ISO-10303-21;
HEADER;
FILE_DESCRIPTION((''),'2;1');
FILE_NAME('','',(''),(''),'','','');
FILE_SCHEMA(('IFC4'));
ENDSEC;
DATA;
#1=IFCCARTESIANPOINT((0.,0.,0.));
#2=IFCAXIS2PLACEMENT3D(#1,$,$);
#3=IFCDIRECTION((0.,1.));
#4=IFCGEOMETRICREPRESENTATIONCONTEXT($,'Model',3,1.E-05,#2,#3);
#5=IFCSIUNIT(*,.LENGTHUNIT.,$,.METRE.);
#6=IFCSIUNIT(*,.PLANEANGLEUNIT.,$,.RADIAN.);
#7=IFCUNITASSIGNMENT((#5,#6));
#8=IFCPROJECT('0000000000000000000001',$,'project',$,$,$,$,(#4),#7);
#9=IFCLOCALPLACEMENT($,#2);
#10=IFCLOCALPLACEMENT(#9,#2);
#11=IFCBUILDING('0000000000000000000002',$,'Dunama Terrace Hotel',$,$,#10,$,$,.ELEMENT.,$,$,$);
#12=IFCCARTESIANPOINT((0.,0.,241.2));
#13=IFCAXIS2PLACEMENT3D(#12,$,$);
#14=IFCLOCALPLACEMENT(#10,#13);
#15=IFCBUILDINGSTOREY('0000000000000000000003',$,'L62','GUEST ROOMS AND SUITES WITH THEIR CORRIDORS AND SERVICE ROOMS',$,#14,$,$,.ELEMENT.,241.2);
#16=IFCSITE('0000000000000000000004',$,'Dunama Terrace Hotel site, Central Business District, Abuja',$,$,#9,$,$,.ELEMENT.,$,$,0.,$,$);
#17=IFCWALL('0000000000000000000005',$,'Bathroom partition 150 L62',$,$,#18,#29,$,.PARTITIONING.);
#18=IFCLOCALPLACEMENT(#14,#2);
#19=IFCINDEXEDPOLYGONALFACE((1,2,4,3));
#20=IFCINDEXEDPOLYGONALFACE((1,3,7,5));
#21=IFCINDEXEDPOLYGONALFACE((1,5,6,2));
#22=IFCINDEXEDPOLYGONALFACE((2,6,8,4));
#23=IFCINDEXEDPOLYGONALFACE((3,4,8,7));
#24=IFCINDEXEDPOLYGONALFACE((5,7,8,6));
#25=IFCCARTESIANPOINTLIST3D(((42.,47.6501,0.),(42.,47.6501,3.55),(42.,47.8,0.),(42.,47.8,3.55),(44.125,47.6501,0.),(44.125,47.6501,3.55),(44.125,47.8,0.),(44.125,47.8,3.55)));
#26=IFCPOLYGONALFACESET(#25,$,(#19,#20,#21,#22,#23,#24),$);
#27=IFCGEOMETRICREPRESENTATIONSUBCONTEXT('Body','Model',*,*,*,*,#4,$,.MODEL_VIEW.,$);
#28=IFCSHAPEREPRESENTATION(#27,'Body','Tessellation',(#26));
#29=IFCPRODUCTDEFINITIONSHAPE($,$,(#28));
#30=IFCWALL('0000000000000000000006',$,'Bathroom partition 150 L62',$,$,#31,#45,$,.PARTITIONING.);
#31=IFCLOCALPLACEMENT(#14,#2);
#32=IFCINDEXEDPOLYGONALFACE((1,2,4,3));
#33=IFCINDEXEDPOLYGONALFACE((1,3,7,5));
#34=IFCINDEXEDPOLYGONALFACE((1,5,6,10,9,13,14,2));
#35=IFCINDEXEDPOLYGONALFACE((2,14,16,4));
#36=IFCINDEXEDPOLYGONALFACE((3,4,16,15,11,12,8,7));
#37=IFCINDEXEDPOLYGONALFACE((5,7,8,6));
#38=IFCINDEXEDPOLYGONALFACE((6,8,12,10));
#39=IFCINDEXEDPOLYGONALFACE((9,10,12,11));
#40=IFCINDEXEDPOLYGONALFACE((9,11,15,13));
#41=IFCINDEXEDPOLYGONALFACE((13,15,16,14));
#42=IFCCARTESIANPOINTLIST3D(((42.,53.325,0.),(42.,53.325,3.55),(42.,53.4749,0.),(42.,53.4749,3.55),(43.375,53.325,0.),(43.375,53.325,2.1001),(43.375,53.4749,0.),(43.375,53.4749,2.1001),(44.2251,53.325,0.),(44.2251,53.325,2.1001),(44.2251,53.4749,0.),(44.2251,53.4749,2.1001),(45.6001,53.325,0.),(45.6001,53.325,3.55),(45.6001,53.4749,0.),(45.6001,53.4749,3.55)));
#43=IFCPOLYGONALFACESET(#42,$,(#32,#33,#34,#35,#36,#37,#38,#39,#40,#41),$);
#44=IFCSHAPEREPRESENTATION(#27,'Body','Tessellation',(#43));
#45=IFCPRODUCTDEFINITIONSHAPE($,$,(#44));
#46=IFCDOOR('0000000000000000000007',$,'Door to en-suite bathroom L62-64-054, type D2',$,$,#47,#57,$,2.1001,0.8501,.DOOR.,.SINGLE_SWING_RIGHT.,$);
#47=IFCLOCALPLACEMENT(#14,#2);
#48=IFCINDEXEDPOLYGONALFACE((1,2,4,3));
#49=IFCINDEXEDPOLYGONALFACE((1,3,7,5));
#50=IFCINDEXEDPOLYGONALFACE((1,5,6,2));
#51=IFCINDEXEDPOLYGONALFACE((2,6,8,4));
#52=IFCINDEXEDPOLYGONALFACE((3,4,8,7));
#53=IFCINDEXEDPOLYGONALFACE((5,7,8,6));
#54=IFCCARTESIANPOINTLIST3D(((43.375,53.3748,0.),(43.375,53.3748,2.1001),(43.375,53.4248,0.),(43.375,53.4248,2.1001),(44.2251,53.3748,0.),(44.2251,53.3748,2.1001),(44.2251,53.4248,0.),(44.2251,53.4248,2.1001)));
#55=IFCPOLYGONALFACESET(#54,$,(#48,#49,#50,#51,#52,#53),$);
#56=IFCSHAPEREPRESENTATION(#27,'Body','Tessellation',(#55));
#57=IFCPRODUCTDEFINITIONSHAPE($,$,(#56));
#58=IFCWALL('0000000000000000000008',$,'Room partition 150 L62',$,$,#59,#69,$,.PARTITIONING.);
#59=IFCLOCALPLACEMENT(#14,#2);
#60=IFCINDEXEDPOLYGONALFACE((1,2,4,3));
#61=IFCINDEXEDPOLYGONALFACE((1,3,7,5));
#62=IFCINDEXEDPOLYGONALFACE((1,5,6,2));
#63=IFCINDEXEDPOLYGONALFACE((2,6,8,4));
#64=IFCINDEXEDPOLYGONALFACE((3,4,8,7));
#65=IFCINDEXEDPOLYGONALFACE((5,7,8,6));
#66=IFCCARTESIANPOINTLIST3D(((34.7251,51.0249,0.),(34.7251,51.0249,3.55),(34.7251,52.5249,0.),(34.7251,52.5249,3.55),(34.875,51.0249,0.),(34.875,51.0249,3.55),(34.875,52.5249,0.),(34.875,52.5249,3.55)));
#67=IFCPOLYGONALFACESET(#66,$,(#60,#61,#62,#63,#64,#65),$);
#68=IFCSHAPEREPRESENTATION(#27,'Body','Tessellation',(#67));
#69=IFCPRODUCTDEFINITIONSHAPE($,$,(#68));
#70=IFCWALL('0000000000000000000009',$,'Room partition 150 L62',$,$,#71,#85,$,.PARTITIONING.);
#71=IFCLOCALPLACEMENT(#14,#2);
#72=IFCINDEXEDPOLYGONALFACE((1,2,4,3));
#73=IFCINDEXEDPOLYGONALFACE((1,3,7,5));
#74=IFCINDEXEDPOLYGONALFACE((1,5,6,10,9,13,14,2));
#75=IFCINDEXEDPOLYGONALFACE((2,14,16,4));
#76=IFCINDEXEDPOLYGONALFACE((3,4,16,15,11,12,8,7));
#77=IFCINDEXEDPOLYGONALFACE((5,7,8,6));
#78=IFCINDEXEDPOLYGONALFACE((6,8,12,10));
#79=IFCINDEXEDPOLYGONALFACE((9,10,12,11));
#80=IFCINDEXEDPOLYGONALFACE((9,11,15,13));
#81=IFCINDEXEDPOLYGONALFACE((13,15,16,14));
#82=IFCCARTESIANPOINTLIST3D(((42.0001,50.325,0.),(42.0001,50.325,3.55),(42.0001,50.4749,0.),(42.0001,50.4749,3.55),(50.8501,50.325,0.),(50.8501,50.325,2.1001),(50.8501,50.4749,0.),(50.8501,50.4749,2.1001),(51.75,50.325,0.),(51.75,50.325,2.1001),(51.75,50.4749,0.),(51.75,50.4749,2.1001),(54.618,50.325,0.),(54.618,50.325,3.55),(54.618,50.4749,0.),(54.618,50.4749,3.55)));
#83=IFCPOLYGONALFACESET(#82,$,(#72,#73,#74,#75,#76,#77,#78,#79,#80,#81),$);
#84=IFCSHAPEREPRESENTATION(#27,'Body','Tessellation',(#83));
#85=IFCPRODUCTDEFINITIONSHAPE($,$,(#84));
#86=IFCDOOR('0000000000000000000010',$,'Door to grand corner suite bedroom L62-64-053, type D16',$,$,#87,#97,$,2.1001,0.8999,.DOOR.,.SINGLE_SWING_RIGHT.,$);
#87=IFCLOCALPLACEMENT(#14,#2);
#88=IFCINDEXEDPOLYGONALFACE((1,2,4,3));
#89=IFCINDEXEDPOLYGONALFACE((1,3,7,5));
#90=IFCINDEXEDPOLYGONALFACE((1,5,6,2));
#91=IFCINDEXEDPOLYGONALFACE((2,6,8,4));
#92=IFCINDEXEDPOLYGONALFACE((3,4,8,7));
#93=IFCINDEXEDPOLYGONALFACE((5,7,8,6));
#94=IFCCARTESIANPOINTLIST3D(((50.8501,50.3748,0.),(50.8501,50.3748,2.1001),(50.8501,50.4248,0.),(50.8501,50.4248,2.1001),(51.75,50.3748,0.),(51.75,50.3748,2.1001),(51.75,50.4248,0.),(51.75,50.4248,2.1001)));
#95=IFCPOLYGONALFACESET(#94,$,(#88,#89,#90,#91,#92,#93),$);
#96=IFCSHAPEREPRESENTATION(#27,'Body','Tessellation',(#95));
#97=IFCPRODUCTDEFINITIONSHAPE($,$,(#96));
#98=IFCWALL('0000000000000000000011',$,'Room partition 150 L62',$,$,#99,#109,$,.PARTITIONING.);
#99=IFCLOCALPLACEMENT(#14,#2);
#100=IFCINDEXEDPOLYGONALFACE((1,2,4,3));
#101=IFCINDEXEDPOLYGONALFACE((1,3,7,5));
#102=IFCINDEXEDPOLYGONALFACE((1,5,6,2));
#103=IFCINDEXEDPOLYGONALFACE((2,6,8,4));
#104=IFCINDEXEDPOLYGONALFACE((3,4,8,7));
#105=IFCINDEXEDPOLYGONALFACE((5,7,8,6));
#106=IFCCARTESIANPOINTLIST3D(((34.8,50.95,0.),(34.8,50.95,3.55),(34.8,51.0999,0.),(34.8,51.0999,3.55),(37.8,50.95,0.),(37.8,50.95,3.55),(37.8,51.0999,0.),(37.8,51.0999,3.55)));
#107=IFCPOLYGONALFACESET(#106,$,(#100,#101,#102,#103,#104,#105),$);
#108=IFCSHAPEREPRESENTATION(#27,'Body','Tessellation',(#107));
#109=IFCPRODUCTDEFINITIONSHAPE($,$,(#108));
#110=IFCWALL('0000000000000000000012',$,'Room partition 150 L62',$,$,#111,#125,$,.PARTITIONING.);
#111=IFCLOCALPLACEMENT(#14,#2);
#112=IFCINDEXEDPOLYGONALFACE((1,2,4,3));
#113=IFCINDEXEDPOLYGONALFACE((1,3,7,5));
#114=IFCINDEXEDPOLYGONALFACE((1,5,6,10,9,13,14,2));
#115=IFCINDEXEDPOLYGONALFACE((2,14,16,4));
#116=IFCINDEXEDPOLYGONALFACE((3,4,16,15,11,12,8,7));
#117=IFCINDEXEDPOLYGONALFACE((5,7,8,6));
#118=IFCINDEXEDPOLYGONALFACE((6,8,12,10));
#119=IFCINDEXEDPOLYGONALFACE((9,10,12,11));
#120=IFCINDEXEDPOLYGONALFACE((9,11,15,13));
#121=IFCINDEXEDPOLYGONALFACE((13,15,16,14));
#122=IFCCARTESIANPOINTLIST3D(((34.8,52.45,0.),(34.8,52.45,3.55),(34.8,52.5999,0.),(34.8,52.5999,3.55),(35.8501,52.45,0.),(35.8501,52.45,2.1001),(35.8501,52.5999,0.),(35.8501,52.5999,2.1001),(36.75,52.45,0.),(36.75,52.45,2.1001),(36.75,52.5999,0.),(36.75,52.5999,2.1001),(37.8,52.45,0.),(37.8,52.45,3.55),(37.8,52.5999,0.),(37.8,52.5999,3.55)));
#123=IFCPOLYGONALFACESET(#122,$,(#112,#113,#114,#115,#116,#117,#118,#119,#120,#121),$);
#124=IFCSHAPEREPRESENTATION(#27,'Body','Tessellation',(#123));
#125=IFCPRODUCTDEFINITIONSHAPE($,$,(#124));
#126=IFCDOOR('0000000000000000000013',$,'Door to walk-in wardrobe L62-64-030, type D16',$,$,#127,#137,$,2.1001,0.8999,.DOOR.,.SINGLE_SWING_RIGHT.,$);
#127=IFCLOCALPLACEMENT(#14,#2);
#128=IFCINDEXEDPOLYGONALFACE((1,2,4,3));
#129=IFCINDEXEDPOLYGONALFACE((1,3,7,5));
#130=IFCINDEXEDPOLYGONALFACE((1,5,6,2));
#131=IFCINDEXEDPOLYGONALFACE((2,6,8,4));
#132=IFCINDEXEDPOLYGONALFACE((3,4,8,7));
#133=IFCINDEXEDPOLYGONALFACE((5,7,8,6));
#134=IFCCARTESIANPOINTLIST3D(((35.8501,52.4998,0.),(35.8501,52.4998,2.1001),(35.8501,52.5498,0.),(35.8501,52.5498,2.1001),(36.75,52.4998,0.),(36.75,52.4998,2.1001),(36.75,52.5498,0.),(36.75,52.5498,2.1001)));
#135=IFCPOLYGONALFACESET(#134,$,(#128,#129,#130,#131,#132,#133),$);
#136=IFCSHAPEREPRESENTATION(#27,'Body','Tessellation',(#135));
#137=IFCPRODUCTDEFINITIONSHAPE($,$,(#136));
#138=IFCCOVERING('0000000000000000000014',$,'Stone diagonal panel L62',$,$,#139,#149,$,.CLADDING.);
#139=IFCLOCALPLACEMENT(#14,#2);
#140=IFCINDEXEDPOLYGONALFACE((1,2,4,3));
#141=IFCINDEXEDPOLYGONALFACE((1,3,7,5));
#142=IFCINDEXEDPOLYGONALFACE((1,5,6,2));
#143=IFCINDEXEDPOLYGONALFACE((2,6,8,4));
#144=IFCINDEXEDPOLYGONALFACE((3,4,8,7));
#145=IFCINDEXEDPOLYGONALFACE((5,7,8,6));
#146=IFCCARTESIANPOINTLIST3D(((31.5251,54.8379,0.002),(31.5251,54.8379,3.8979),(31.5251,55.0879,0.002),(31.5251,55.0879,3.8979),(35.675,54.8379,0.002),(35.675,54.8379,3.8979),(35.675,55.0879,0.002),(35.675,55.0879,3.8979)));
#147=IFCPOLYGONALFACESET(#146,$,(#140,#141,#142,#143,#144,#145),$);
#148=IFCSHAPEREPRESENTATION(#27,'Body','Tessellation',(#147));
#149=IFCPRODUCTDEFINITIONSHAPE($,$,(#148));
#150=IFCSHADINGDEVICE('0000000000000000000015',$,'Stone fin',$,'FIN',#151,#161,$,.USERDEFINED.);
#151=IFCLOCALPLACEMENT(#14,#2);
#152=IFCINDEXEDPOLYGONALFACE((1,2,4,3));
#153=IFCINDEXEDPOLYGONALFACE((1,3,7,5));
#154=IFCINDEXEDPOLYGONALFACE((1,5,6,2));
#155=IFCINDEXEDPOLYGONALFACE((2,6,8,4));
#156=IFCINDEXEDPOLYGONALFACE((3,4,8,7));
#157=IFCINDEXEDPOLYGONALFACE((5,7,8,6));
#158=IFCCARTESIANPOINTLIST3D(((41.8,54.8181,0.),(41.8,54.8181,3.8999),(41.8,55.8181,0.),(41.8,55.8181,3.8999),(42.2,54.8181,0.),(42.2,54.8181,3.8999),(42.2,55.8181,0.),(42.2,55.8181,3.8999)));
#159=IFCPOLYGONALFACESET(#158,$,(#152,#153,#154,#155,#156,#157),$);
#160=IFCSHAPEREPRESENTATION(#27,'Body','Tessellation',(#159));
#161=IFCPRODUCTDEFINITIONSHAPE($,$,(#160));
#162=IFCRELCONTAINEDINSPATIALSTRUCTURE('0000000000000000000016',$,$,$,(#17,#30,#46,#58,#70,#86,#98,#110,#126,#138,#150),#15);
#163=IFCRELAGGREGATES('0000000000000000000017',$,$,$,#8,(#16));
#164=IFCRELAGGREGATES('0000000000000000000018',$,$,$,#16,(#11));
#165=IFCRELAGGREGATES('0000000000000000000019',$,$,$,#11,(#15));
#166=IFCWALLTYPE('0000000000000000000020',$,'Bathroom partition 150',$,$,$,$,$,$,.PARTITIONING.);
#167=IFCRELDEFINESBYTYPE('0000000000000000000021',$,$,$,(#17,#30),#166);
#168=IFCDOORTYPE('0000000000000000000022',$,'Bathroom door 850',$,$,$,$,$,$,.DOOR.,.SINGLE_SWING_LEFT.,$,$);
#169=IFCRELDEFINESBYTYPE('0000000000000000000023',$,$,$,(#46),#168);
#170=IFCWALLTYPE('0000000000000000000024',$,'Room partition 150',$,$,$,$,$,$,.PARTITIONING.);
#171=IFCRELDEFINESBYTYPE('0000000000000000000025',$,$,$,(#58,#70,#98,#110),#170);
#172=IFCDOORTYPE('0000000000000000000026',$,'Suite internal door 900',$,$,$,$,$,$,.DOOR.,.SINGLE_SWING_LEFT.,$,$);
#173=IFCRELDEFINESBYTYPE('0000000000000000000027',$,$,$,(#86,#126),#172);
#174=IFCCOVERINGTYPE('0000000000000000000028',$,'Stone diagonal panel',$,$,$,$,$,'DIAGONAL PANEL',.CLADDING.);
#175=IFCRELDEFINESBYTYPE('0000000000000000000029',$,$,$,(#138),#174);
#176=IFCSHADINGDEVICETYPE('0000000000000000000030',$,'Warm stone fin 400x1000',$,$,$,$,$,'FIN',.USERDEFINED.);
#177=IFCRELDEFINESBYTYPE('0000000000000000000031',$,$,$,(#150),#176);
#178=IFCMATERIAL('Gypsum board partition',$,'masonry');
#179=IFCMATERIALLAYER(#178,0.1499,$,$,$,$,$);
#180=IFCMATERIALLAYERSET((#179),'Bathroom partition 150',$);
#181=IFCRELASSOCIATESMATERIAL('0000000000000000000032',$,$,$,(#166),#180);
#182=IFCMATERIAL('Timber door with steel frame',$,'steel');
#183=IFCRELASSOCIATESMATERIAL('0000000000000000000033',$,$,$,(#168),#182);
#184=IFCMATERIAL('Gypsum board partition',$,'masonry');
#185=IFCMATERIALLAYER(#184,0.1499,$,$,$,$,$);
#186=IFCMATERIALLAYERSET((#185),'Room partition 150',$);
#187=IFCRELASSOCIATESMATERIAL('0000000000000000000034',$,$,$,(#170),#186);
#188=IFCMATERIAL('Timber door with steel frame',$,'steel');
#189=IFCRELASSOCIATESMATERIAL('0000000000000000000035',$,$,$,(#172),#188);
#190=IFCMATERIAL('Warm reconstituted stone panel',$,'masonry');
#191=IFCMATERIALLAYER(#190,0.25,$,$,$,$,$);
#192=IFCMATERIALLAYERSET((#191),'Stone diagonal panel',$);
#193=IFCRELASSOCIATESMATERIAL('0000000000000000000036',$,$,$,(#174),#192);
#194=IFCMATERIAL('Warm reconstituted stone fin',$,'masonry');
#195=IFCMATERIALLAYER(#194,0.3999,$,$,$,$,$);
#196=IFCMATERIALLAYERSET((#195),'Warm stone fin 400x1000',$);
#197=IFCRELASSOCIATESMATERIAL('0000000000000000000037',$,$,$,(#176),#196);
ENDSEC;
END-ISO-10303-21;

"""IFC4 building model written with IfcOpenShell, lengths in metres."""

from ifc_helpers import new_model, si_unit, direction, frame, frame_2d, origin, origin_2d, place, context, subcontext, project, spatial, rectangle, extrude, material, layer, layer_set, type_object, element, fill, save


model = new_model("IFC4")

# Units and contexts
model_context = context("Model", 3, precision=1e-05, world=origin(), true_north=direction((0.0, 1.0)))
body_context = subcontext(model_context, "Body", "Model", "MODEL_VIEW")
ifc_project = project(units=[si_unit("LENGTHUNIT", "METRE"), si_unit("PLANEANGLEUNIT", "RADIAN")], contexts=[model_context])

# Site, building, storey
site_placement = place(None, origin())
site = spatial("IfcSite", under=ifc_project, at=site_placement, Name="Dunama Terrace Hotel site, Central Business District, Abuja", CompositionType="ELEMENT", RefElevation=0.0)
building_placement = place(site_placement, origin())
building = spatial("IfcBuilding", under=site, at=building_placement, Name="Dunama Terrace Hotel", CompositionType="ELEMENT")
storey_placement = place(building_placement, frame((0.0, 0.0, 241.2)))
storey = spatial("IfcBuildingStorey", under=building, at=storey_placement, Name="L62", Description="GUEST ROOMS AND SUITES WITH THEIR CORRIDORS AND SERVICE ROOMS", CompositionType="ELEMENT", Elevation=241.2)

# Wall
ifc_material_1 = material(Name="Gypsum board partition", Category="masonry")
ifc_layer_1 = layer(ifc_material_1, 0.1499)
ifc_layer_set_1 = layer_set([ifc_layer_1], Name="Bathroom partition 150")
wall_type_1 = type_object("IfcWallType", Name="Bathroom partition 150", PredefinedType="PARTITIONING", material=ifc_layer_set_1)
wall_1_placement = place(storey_placement, frame((42.0, 47.7251, 0.0), z_axis=(0.0, 0.0, 1.0), x_axis=(1.0, 0.0, 0.0)))
element("IfcWall", 1, at=wall_1_placement, inside=storey, type_object=wall_type_1, Name="Bathroom partition 150 L62", PredefinedType="PARTITIONING", context=body_context, shape_type="SweptSolid", body=[
    extrude(rectangle(XDim=2.125, YDim=0.1499, at=frame_2d((1.0625, 0.0))), origin(), (0.0, 0.0, 1.0), 3.55),
])

# Wall, opening, door
wall_2_placement = place(storey_placement, frame((42.0, 53.3999, 0.0), z_axis=(0.0, 0.0, 1.0), x_axis=(1.0, 0.0, 0.0)))
wall_2 = element("IfcWall", 2, at=wall_2_placement, inside=storey, type_object=wall_type_1, Name="Bathroom partition 150 L62", PredefinedType="PARTITIONING", context=body_context, shape_type="SweptSolid", body=[
    extrude(rectangle(XDim=3.6001, YDim=0.1499, at=frame_2d((1.8, 0.0))), origin(), (0.0, 0.0, 1.0), 3.55),
])
opening_1_placement = place(wall_2_placement, frame((1.375, 0.0, 0.0)))
opening_1 = element("IfcOpeningElement", 3, at=opening_1_placement, cuts=wall_2, PredefinedType="OPENING", context=body_context, shape_type="SweptSolid", body=[
    extrude(rectangle(XDim=0.8501, YDim=2.1001, at=frame_2d((0.425, 1.05))), frame((0.0, 0.085, 0.0), z_axis=(0.0, -1.0, 0.0), x_axis=(1.0, 0.0, 0.0)), (0.0, 0.0, 1.0), 0.1699),
])
ifc_material_2 = material(Name="Timber door with steel frame", Category="steel")
door_type_1 = type_object("IfcDoorType", Name="Bathroom door 850", OperationType="SINGLE_SWING_LEFT", PredefinedType="DOOR", material=ifc_material_2)
door_1_placement = place(opening_1_placement, frame((0.8501, 0.0, 0.0), z_axis=(0.0, 0.0, 1.0), x_axis=(-1.0, 0.0, 0.0)))
door_1 = element("IfcDoor", 4, at=door_1_placement, inside=storey, type_object=door_type_1, Name="Door to en-suite bathroom L62-64-054, type D2", OperationType="SINGLE_SWING_RIGHT", OverallHeight=2.1001, OverallWidth=0.8501, PredefinedType="DOOR", context=body_context, shape_type="SweptSolid", body=[
    extrude(rectangle(XDim=0.8501, YDim=2.1001, at=frame_2d((0.425, 1.05))), frame((0.0, 0.0251, 0.0), z_axis=(0.0, -1.0, 0.0), x_axis=(1.0, 0.0, 0.0)), (0.0, 0.0, 1.0), 0.05),
])
fill(opening_1, door_1)

# Wall
ifc_material_3 = material(Name="Gypsum board partition", Category="masonry")
ifc_layer_2 = layer(ifc_material_3, 0.1499)
ifc_layer_set_2 = layer_set([ifc_layer_2], Name="Room partition 150")
wall_type_2 = type_object("IfcWallType", Name="Room partition 150", PredefinedType="PARTITIONING", material=ifc_layer_set_2)
wall_3_placement = place(storey_placement, frame((34.8, 51.0249, 0.0), z_axis=(0.0, 0.0, 1.0), x_axis=(0.0, 1.0, 0.0)))
element("IfcWall", 5, at=wall_3_placement, inside=storey, type_object=wall_type_2, Name="Room partition 150 L62", PredefinedType="PARTITIONING", context=body_context, shape_type="SweptSolid", body=[
    extrude(rectangle(XDim=1.5, YDim=0.1499, at=frame_2d((0.75, 0.0))), origin(), (0.0, 0.0, 1.0), 3.55),
])

# Wall, opening, door
wall_4_placement = place(storey_placement, frame((42.0, 50.3999, 0.0), z_axis=(0.0, 0.0, 1.0), x_axis=(1.0, 0.0, 0.0)))
wall_4 = element("IfcWall", 6, at=wall_4_placement, inside=storey, type_object=wall_type_2, Name="Room partition 150 L62", PredefinedType="PARTITIONING", context=body_context, shape_type="SweptSolid", body=[
    extrude(rectangle(XDim=12.6179, YDim=0.1499, at=frame_2d((6.3091, 0.0))), origin(), (0.0, 0.0, 1.0), 3.55),
])
opening_2_placement = place(wall_4_placement, frame((8.8501, 0.0, 0.0)))
opening_2 = element("IfcOpeningElement", 7, at=opening_2_placement, cuts=wall_4, PredefinedType="OPENING", context=body_context, shape_type="SweptSolid", body=[
    extrude(rectangle(XDim=0.8999, YDim=2.1001, at=frame_2d((0.45, 1.05))), frame((0.0, 0.085, 0.0), z_axis=(0.0, -1.0, 0.0), x_axis=(1.0, 0.0, 0.0)), (0.0, 0.0, 1.0), 0.1699),
])
ifc_material_4 = material(Name="Timber door with steel frame", Category="steel")
door_type_2 = type_object("IfcDoorType", Name="Suite internal door 900", OperationType="SINGLE_SWING_LEFT", PredefinedType="DOOR", material=ifc_material_4)
door_2_placement = place(opening_2_placement, origin())
door_2 = element("IfcDoor", 8, at=door_2_placement, inside=storey, type_object=door_type_2, Name="Door to grand corner suite bedroom L62-64-053, type D16", OperationType="SINGLE_SWING_RIGHT", OverallHeight=2.1001, OverallWidth=0.8999, PredefinedType="DOOR", context=body_context, shape_type="SweptSolid", body=[
    extrude(rectangle(XDim=0.8999, YDim=2.1001, at=frame_2d((0.45, 1.05))), frame((0.0, 0.0249, 0.0), z_axis=(0.0, -1.0, 0.0), x_axis=(1.0, 0.0, 0.0)), (0.0, 0.0, 1.0), 0.05),
])
fill(opening_2, door_2)

# Wall
wall_5_placement = place(storey_placement, frame((34.8, 51.0249, 0.0), z_axis=(0.0, 0.0, 1.0), x_axis=(1.0, 0.0, 0.0)))
element("IfcWall", 9, at=wall_5_placement, inside=storey, type_object=wall_type_2, Name="Room partition 150 L62", PredefinedType="PARTITIONING", context=body_context, shape_type="SweptSolid", body=[
    extrude(rectangle(XDim=3.0, YDim=0.1499, at=frame_2d((1.5, 0.0))), origin(), (0.0, 0.0, 1.0), 3.55),
])

# Wall, opening, door
wall_6_placement = place(storey_placement, frame((34.8, 52.5249, 0.0), z_axis=(0.0, 0.0, 1.0), x_axis=(1.0, 0.0, 0.0)))
wall_6 = element("IfcWall", 10, at=wall_6_placement, inside=storey, type_object=wall_type_2, Name="Room partition 150 L62", PredefinedType="PARTITIONING", context=body_context, shape_type="SweptSolid", body=[
    extrude(rectangle(XDim=3.0, YDim=0.1499, at=frame_2d((1.5, 0.0))), origin(), (0.0, 0.0, 1.0), 3.55),
])
opening_3_placement = place(wall_6_placement, frame((1.05, 0.0, 0.0)))
opening_3 = element("IfcOpeningElement", 11, at=opening_3_placement, cuts=wall_6, PredefinedType="OPENING", context=body_context, shape_type="SweptSolid", body=[
    extrude(rectangle(XDim=0.8999, YDim=2.1001, at=frame_2d((0.45, 1.05))), frame((0.0, 0.085, 0.0), z_axis=(0.0, -1.0, 0.0), x_axis=(1.0, 0.0, 0.0)), (0.0, 0.0, 1.0), 0.1699),
])
door_3_placement = place(opening_3_placement, frame((0.8999, 0.0, 0.0), z_axis=(0.0, 0.0, 1.0), x_axis=(-1.0, 0.0, 0.0)))
door_3 = element("IfcDoor", 12, at=door_3_placement, inside=storey, type_object=door_type_2, Name="Door to walk-in wardrobe L62-64-030, type D16", OperationType="SINGLE_SWING_RIGHT", OverallHeight=2.1001, OverallWidth=0.8999, PredefinedType="DOOR", context=body_context, shape_type="SweptSolid", body=[
    extrude(rectangle(XDim=0.8999, YDim=2.1001, at=frame_2d((0.45, 1.05))), frame((0.0, 0.0251, 0.0), z_axis=(0.0, -1.0, 0.0), x_axis=(1.0, 0.0, 0.0)), (0.0, 0.0, 1.0), 0.05),
])
fill(opening_3, door_3)

# Covering
ifc_material_5 = material(Name="Warm reconstituted stone panel", Category="masonry")
ifc_layer_3 = layer(ifc_material_5, 0.25)
ifc_layer_set_3 = layer_set([ifc_layer_3], Name="Stone diagonal panel")
covering_type = type_object("IfcCoveringType", Name="Stone diagonal panel", ElementType="DIAGONAL PANEL", PredefinedType="CLADDING", material=ifc_layer_set_3)
covering_placement = place(storey_placement, frame((33.6001, 54.9629, 0.002), z_axis=(0.0, 0.0, 1.0), x_axis=(-1.0, 0.0, 0.0)))
element("IfcCovering", 13, at=covering_placement, inside=storey, type_object=covering_type, Name="Stone diagonal panel L62", PredefinedType="CLADDING", context=body_context, shape_type="SweptSolid", body=[
    extrude(rectangle(XDim=4.1499, YDim=0.25, at=origin_2d()), origin(), (0.0, 0.0, 1.0), 3.896),
])

# Shading device
ifc_material_6 = material(Name="Warm reconstituted stone fin", Category="masonry")
ifc_layer_4 = layer(ifc_material_6, 0.3999)
ifc_layer_set_4 = layer_set([ifc_layer_4], Name="Warm stone fin 400x1000")
shading_device_type = type_object("IfcShadingDeviceType", Name="Warm stone fin 400x1000", ElementType="FIN", PredefinedType="USERDEFINED", material=ifc_layer_set_4)
shading_device_placement = place(storey_placement, frame((42.0, 55.3181, 0.0), z_axis=(0.0, 0.0, 1.0), x_axis=(-1.0, 0.0, 0.0)))
element("IfcShadingDevice", 14, at=shading_device_placement, inside=storey, type_object=shading_device_type, Name="Stone fin", ObjectType="FIN", PredefinedType="USERDEFINED", context=body_context, shape_type="SweptSolid", body=[
    extrude(rectangle(XDim=0.3999, YDim=1.0, at=origin_2d()), origin(), (0.0, 0.0, 1.0), 3.8999),
])

save(model, "model.ifc")
